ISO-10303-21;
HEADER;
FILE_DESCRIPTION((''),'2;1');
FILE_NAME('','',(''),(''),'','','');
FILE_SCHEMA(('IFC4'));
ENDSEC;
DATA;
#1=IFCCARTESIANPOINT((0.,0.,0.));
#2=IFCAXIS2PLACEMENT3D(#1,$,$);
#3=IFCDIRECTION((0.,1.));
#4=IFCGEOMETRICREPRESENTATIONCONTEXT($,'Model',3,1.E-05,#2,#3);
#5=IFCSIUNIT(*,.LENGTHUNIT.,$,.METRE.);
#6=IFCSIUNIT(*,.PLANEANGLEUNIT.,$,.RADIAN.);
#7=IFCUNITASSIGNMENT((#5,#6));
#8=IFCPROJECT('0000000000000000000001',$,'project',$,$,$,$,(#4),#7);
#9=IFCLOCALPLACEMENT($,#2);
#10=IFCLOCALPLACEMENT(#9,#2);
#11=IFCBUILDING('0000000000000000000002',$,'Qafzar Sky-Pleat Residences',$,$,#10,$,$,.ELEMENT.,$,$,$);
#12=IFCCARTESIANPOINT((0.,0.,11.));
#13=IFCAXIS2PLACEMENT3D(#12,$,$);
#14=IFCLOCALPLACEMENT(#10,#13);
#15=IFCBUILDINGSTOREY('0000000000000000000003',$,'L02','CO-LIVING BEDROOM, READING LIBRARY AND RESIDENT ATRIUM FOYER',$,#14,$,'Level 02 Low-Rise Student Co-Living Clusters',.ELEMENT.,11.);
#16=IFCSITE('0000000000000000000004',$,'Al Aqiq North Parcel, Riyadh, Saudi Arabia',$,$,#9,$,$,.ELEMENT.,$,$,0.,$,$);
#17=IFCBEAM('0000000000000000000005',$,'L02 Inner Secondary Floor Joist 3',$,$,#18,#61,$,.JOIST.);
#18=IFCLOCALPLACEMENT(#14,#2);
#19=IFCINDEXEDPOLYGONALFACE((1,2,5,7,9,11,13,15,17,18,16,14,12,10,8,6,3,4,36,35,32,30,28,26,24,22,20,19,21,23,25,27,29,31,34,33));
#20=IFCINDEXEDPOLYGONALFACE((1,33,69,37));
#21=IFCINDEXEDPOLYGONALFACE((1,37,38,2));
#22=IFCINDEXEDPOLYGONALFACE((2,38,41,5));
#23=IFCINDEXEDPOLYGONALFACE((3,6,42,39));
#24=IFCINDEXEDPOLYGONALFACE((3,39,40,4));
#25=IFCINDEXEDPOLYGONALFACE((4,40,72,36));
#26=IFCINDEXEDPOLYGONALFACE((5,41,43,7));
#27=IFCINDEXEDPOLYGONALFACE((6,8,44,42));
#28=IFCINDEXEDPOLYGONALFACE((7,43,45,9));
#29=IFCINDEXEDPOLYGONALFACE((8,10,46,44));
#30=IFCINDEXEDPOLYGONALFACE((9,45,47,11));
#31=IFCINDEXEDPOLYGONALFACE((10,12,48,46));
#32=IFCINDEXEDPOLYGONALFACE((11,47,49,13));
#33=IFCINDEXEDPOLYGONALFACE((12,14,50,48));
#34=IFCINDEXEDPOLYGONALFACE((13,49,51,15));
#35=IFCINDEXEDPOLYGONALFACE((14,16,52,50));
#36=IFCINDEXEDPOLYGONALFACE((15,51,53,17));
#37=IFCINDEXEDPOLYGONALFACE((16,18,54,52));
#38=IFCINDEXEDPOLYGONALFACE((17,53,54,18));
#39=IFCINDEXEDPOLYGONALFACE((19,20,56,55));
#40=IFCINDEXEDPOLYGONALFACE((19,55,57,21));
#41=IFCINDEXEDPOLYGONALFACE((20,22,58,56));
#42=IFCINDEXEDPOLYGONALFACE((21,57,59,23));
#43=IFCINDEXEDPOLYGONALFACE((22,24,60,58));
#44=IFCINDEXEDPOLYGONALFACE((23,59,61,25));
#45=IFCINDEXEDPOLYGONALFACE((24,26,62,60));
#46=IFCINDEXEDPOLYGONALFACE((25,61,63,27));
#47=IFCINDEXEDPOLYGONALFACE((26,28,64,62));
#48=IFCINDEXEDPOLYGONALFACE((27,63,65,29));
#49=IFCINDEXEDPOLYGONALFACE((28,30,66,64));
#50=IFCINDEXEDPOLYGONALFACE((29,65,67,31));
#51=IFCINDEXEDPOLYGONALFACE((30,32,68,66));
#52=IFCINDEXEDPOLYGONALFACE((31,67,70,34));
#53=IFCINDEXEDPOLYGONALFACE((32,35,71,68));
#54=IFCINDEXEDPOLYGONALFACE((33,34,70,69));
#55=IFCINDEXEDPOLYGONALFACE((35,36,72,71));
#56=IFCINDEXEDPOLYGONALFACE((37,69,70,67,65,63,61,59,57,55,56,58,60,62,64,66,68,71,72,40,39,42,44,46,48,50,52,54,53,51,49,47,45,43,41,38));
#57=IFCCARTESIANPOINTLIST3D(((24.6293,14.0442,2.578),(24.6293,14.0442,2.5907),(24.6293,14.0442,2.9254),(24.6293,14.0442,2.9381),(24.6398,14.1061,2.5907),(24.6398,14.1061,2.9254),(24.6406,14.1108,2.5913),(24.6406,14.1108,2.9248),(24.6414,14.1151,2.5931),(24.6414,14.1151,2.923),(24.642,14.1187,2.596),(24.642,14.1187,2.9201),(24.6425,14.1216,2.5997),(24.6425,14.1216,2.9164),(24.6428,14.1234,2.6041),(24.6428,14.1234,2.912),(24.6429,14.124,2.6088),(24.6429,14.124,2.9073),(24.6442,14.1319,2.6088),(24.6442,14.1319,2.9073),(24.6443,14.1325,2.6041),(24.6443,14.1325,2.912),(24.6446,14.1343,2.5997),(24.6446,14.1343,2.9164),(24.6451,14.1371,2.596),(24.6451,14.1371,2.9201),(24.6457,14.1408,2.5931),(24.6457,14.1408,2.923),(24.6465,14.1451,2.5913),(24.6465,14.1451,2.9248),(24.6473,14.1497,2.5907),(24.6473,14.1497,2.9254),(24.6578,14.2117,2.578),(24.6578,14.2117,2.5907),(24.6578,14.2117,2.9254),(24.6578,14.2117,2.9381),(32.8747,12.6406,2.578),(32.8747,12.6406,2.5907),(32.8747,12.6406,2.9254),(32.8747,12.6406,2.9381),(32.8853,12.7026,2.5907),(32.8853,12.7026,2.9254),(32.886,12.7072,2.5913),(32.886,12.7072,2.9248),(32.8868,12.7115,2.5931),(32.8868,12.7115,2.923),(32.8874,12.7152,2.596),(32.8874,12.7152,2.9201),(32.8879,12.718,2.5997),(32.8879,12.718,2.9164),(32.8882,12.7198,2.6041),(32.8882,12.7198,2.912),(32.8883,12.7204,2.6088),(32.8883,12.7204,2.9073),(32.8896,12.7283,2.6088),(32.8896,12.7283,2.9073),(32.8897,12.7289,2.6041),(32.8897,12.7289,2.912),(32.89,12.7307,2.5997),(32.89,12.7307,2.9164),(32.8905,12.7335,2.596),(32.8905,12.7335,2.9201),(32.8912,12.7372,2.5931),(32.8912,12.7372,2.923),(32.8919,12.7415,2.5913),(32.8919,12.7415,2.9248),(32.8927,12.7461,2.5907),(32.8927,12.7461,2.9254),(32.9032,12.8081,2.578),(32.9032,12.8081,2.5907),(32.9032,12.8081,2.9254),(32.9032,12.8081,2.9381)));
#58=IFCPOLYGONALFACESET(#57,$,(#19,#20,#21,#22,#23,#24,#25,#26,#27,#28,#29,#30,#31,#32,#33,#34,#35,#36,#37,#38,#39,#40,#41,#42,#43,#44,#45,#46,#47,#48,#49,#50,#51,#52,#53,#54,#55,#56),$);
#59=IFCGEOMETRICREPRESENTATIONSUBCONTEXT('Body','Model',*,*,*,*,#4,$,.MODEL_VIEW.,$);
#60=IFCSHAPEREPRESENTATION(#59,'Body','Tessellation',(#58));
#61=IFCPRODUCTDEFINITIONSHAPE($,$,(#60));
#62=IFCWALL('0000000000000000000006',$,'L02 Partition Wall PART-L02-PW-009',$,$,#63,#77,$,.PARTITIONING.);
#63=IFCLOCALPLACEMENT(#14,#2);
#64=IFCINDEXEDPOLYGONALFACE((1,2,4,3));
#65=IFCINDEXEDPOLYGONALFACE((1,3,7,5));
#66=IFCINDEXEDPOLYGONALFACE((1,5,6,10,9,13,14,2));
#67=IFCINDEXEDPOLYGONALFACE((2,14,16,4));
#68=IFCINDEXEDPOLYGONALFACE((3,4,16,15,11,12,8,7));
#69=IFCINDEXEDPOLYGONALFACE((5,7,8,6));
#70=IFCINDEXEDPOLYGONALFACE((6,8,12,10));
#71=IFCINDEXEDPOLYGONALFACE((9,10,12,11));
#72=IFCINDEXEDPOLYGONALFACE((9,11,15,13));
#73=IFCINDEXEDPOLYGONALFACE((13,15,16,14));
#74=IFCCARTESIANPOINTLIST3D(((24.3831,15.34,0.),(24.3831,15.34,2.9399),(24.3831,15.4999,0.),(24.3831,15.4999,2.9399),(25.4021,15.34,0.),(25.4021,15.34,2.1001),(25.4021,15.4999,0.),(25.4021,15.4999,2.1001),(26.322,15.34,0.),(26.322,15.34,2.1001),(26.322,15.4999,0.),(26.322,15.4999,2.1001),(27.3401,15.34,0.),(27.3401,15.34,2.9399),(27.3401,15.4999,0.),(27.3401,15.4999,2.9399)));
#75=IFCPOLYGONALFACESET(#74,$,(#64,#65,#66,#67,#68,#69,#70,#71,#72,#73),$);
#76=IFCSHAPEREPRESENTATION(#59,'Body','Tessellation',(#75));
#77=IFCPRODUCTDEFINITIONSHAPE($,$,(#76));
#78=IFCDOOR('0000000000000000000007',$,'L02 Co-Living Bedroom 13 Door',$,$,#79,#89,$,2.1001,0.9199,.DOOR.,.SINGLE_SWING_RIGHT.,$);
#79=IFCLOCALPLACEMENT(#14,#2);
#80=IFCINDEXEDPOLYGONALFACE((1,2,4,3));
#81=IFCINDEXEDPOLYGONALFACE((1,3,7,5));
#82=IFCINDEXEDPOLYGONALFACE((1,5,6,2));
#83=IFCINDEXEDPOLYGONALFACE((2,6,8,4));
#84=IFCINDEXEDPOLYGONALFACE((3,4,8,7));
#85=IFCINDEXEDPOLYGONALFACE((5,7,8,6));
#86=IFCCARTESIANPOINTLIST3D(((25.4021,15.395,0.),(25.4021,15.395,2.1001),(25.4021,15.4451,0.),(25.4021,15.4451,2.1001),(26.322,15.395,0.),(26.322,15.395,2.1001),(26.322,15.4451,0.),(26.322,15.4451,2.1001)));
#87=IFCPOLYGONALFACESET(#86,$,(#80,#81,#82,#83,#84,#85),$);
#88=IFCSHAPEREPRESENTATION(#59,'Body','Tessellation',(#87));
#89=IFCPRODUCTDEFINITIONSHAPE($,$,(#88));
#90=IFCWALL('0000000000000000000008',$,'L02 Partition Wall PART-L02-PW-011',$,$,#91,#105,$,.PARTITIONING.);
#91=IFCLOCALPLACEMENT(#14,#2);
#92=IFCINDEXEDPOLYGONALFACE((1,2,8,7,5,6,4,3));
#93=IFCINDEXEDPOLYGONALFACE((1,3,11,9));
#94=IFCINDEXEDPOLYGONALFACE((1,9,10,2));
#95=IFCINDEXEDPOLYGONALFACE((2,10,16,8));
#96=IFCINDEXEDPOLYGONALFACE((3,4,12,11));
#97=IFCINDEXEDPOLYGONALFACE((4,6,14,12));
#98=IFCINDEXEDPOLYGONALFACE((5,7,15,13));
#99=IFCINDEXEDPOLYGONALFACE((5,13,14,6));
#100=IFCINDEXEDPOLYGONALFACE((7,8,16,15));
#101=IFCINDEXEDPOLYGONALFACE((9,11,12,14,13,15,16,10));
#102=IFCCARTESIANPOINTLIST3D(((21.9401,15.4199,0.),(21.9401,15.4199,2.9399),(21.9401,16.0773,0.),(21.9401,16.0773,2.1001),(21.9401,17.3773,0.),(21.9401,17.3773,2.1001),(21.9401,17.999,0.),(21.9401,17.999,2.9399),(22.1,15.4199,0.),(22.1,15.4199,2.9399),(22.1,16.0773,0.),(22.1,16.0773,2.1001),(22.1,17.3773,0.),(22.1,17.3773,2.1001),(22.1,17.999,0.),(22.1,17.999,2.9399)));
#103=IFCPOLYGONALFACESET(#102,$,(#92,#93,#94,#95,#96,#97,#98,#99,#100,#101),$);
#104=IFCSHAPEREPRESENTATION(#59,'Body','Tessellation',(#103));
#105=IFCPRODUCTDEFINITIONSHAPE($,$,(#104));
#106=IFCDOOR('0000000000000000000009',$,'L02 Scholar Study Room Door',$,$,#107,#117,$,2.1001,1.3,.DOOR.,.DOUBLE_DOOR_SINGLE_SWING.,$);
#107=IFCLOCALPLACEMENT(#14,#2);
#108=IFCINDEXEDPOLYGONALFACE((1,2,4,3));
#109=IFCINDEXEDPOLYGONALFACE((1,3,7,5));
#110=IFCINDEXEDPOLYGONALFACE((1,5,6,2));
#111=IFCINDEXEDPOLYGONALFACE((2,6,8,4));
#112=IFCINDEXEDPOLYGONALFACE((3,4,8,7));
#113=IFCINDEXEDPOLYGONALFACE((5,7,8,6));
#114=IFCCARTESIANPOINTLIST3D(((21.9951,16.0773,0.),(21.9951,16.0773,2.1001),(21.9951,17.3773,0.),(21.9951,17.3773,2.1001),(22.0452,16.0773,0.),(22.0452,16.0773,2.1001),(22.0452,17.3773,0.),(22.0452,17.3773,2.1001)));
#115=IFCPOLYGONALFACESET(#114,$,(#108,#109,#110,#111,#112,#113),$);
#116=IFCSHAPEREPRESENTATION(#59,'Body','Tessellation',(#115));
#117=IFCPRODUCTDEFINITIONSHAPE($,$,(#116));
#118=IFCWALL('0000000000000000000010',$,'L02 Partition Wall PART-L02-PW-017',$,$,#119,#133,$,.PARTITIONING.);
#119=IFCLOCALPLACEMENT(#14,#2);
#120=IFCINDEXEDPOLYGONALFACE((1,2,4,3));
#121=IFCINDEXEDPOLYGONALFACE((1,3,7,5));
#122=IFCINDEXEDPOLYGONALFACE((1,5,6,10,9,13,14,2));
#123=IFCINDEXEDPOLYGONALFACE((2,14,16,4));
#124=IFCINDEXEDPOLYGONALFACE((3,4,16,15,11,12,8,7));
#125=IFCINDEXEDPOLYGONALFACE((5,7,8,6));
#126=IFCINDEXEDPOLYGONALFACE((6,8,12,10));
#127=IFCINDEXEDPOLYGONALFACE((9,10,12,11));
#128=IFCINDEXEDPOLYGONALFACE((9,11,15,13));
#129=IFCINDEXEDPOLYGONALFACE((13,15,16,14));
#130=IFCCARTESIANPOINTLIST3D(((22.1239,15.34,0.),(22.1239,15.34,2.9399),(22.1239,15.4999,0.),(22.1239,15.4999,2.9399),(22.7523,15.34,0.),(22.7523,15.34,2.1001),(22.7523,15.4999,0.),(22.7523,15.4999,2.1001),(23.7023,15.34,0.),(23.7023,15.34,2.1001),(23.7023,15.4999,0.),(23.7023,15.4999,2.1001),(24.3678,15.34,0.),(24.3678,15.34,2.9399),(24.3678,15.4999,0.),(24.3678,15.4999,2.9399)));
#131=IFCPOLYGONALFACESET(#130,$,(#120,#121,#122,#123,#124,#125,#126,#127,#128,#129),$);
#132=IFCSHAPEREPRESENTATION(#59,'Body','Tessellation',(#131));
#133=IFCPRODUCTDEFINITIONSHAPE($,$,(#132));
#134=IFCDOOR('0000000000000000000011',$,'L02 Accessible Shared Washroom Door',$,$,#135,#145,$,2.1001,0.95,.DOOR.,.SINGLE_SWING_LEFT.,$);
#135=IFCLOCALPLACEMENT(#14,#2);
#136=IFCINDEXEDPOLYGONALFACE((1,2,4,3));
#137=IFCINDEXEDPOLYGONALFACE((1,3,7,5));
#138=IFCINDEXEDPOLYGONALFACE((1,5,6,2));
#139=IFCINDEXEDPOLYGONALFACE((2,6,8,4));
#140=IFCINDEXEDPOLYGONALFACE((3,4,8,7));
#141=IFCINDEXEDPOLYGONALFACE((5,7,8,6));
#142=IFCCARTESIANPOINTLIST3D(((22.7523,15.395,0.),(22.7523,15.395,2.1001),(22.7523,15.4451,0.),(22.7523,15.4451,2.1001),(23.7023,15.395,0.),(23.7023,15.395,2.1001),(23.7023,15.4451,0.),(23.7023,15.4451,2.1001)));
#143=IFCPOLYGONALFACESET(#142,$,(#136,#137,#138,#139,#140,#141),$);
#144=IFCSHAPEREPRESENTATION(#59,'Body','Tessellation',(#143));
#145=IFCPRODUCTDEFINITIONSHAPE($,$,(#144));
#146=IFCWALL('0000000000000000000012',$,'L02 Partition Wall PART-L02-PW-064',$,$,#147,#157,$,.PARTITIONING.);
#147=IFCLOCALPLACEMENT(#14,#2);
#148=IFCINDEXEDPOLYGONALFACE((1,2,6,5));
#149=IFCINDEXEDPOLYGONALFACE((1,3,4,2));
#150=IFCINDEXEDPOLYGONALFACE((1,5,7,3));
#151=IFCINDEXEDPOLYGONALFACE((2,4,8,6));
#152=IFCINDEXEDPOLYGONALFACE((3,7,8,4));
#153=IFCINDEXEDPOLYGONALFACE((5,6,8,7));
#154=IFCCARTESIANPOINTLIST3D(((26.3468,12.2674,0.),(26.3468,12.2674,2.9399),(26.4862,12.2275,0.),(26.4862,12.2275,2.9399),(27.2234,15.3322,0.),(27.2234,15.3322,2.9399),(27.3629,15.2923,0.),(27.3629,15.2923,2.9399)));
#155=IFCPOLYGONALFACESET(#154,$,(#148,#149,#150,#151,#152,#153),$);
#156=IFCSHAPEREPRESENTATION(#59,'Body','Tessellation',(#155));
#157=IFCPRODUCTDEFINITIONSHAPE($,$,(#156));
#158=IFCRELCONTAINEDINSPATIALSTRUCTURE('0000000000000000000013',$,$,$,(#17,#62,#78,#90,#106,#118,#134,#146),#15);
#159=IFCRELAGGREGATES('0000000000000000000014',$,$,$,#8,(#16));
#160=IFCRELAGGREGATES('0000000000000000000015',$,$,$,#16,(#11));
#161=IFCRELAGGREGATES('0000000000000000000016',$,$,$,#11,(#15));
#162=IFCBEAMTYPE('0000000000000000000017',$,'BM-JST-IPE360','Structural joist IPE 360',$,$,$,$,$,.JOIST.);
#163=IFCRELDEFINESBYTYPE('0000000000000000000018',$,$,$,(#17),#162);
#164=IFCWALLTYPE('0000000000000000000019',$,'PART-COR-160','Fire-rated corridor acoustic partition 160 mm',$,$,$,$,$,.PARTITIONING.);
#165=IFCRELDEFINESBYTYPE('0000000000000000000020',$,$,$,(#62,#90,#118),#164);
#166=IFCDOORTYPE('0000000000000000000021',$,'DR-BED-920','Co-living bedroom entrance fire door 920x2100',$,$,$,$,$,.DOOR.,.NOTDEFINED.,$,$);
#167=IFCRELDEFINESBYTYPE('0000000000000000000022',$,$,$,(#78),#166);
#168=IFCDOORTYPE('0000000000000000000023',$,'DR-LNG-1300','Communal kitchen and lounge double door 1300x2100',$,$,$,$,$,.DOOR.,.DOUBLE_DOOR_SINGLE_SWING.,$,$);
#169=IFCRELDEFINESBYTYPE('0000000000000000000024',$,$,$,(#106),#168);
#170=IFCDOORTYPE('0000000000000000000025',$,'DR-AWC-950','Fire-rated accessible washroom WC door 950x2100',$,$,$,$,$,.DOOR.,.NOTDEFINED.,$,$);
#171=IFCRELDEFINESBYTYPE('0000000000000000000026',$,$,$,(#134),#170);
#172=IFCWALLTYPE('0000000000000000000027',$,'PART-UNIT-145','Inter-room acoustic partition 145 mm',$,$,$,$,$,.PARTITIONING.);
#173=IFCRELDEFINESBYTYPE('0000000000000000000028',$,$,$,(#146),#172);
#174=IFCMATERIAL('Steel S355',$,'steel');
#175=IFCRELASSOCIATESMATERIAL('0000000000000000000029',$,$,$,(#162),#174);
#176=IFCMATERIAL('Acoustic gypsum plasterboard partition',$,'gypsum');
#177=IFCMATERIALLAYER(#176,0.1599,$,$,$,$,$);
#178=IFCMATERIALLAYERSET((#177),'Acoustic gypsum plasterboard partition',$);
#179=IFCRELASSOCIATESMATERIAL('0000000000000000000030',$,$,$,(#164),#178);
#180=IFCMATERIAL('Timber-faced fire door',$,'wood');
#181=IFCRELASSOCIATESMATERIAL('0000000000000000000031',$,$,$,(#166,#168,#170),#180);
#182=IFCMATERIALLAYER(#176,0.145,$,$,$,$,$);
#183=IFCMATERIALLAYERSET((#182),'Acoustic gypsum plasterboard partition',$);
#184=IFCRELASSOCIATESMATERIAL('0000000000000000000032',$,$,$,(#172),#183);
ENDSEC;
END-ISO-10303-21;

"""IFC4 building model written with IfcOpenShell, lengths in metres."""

from ifc_helpers import new_model, si_unit, direction, frame, frame_2d, origin, origin_2d, place, context, subcontext, project, spatial, rectangle, i_section, extrude, source, transform, mapped, material, layer, layer_set, material_profile, profile_set, type_object, element, fill, save


model = new_model("IFC4")

# Units and contexts
model_context = context("Model", 3, precision=1e-05, world=origin(), true_north=direction((0.0, 1.0)))
body_context = subcontext(model_context, "Body", "Model", "MODEL_VIEW")
ifc_project = project(units=[si_unit("LENGTHUNIT", "METRE"), si_unit("PLANEANGLEUNIT", "RADIAN")], contexts=[model_context])

# Site, building, storey
site_placement = place(None, origin())
site = spatial("IfcSite", under=ifc_project, at=site_placement, Name="Al Aqiq North Parcel, Riyadh, Saudi Arabia", CompositionType="ELEMENT", RefElevation=0.0)
building_placement = place(site_placement, origin())
building = spatial("IfcBuilding", under=site, at=building_placement, Name="Qafzar Sky-Pleat Residences", CompositionType="ELEMENT")
storey_placement = place(building_placement, frame((0.0, 0.0, 11.0)))
storey = spatial("IfcBuildingStorey", under=building, at=storey_placement, Name="L02", Description="CO-LIVING BEDROOM, READING LIBRARY AND RESIDENT ATRIUM FOYER", LongName="Level 02 Low-Rise Student Co-Living Clusters", CompositionType="ELEMENT", Elevation=11.0)

# Beam
ifc_material_1 = material(Name="Steel S355", Category="steel")
ifc_material_profile = material_profile(ifc_material_1, i_section(OverallWidth=0.1699, OverallDepth=0.3601, WebThickness=0.0081, FlangeThickness=0.0127, FilletRadius=0.0181, at=origin_2d()), Name="IPE 360")
ifc_profile_set = profile_set([ifc_material_profile], Name="Steel S355")
beam_type = type_object("IfcBeamType", Name="BM-JST-IPE360", Description="Structural joist IPE 360", PredefinedType="JOIST", material=ifc_profile_set)
shared_shape_1 = source(origin(), body_context, "Body", "SweptSolid", [
    extrude(i_section(OverallWidth=0.1699, OverallDepth=0.3601, WebThickness=0.0081, FlangeThickness=0.0127, FilletRadius=0.0181, at=origin_2d()), origin(), (0.0, 0.0, 1.0), 8.364),
])
beam_placement = place(storey_placement, frame((24.6436, 14.1279, 2.7581), z_axis=(0.985819, -0.167811, 0.0), x_axis=(0.167811, 0.985819, 0.0)))
element("IfcBeam", 1, at=beam_placement, inside=storey, type_object=beam_type, Name="L02 Inner Secondary Floor Joist 3", PredefinedType="JOIST", context=body_context, shape_type="MappedRepresentation", body=[
    mapped(shared_shape_1, transform((0.0, 0.0, 0.0), x_axis=(1.0, 0.0, 0.0), y_axis=(0.0, 1.0, 0.0), z_axis=(0.0, 0.0, 1.0), scale=1.0)),
])

# Walls, openings, doors
ifc_material_2 = material(Name="Acoustic gypsum plasterboard partition", Category="gypsum")
ifc_layer_1 = layer(ifc_material_2, 0.1599)
ifc_layer_set_1 = layer_set([ifc_layer_1], Name="Acoustic gypsum plasterboard partition")
wall_type_1 = type_object("IfcWallType", Name="PART-COR-160", Description="Fire-rated corridor acoustic partition 160 mm", PredefinedType="PARTITIONING", material=ifc_layer_set_1)
wall_1_placement = place(storey_placement, frame((27.3401, 15.4199, 0.0), z_axis=(0.0, 0.0, 1.0), x_axis=(-1.0, 0.0, 0.0)))
wall_1 = element("IfcWall", 2, at=wall_1_placement, inside=storey, type_object=wall_type_1, Name="L02 Partition Wall PART-L02-PW-009", PredefinedType="PARTITIONING", context=body_context, shape_type="SweptSolid", body=[
    extrude(rectangle(XDim=2.957, YDim=0.1599, at=frame_2d((1.4785, 0.0))), origin(), (0.0, 0.0, 1.0), 2.9399),
])
opening_1_placement = place(wall_1_placement, frame((1.0181, 0.0, 0.0)))
opening_1 = element("IfcOpeningElement", 3, at=opening_1_placement, cuts=wall_1, PredefinedType="OPENING", context=body_context, shape_type="SweptSolid", body=[
    extrude(rectangle(XDim=0.9199, YDim=2.1001, at=frame_2d((0.46, 1.05))), frame((0.0, 0.0898, 0.0), z_axis=(0.0, -1.0, 0.0), x_axis=(1.0, 0.0, 0.0)), (0.0, 0.0, 1.0), 0.1799),
])
ifc_material_3 = material(Name="Timber-faced fire door", Category="wood")
door_type_1 = type_object("IfcDoorType", Name="DR-BED-920", Description="Co-living bedroom entrance fire door 920x2100", OperationType="NOTDEFINED", PredefinedType="DOOR", material=ifc_material_3)
shared_shape_2 = source(origin(), body_context, "Body", "SweptSolid", [
    extrude(rectangle(XDim=0.9199, YDim=2.1001, at=frame_2d((0.46, 1.05))), frame((0.0, 0.0249, 0.0), z_axis=(0.0, -1.0, 0.0), x_axis=(1.0, 0.0, 0.0)), (0.0, 0.0, 1.0), 0.05),
])
door_1_placement = place(opening_1_placement, origin())
door_1 = element("IfcDoor", 4, at=door_1_placement, inside=storey, type_object=door_type_1, Name="L02 Co-Living Bedroom 13 Door", OperationType="SINGLE_SWING_RIGHT", OverallHeight=2.1001, OverallWidth=0.9199, PredefinedType="DOOR", context=body_context, shape_type="MappedRepresentation", body=[
    mapped(shared_shape_2, transform((0.0, 0.0, 0.0), x_axis=(1.0, 0.0, 0.0), y_axis=(0.0, 1.0, 0.0), z_axis=(0.0, 0.0, 1.0), scale=1.0)),
])
fill(opening_1, door_1)
wall_2_placement = place(storey_placement, frame((22.02, 15.4199, 0.0), z_axis=(0.0, 0.0, 1.0), x_axis=(0.0, 1.0, 0.0)))
wall_2 = element("IfcWall", 5, at=wall_2_placement, inside=storey, type_object=wall_type_1, Name="L02 Partition Wall PART-L02-PW-011", PredefinedType="PARTITIONING", context=body_context, shape_type="SweptSolid", body=[
    extrude(rectangle(XDim=2.5791, YDim=0.1599, at=frame_2d((1.2896, 0.0))), origin(), (0.0, 0.0, 1.0), 2.9399),
])
opening_2_placement = place(wall_2_placement, frame((0.6575, 0.0, 0.0)))
opening_2 = element("IfcOpeningElement", 6, at=opening_2_placement, cuts=wall_2, PredefinedType="OPENING", context=body_context, shape_type="SweptSolid", body=[
    extrude(rectangle(XDim=1.3, YDim=2.1001, at=frame_2d((0.6499, 1.05))), frame((0.0, 0.0898, 0.0), z_axis=(0.0, -1.0, 0.0), x_axis=(1.0, 0.0, 0.0)), (0.0, 0.0, 1.0), 0.1799),
])
door_type_2 = type_object("IfcDoorType", Name="DR-LNG-1300", Description="Communal kitchen and lounge double door 1300x2100", OperationType="DOUBLE_DOOR_SINGLE_SWING", PredefinedType="DOOR", material=ifc_material_3)
shared_shape_3 = source(origin(), body_context, "Body", "SweptSolid", [
    extrude(rectangle(XDim=1.3, YDim=2.1001, at=frame_2d((0.6499, 1.05))), frame((0.0, 0.0249, 0.0), z_axis=(0.0, -1.0, 0.0), x_axis=(1.0, 0.0, 0.0)), (0.0, 0.0, 1.0), 0.05),
])
door_2_placement = place(opening_2_placement, origin())
door_2 = element("IfcDoor", 7, at=door_2_placement, inside=storey, type_object=door_type_2, Name="L02 Scholar Study Room Door", OperationType="DOUBLE_DOOR_SINGLE_SWING", OverallHeight=2.1001, OverallWidth=1.3, PredefinedType="DOOR", context=body_context, shape_type="MappedRepresentation", body=[
    mapped(shared_shape_3, transform((0.0, 0.0, 0.0), x_axis=(1.0, 0.0, 0.0), y_axis=(0.0, 1.0, 0.0), z_axis=(0.0, 0.0, 1.0), scale=1.0)),
])
fill(opening_2, door_2)
wall_3_placement = place(storey_placement, frame((24.3679, 15.4199, 0.0), z_axis=(0.0, 0.0, 1.0), x_axis=(-1.0, 0.0, 0.0)))
wall_3 = element("IfcWall", 8, at=wall_3_placement, inside=storey, type_object=wall_type_1, Name="L02 Partition Wall PART-L02-PW-017", PredefinedType="PARTITIONING", context=body_context, shape_type="SweptSolid", body=[
    extrude(rectangle(XDim=2.2439, YDim=0.1599, at=frame_2d((1.1221, 0.0))), origin(), (0.0, 0.0, 1.0), 2.9399),
])
opening_3_placement = place(wall_3_placement, frame((0.6655, 0.0, 0.0)))
opening_3 = element("IfcOpeningElement", 9, at=opening_3_placement, cuts=wall_3, PredefinedType="OPENING", context=body_context, shape_type="SweptSolid", body=[
    extrude(rectangle(XDim=0.95, YDim=2.1001, at=frame_2d((0.4751, 1.05))), frame((0.0, 0.0898, 0.0), z_axis=(0.0, -1.0, 0.0), x_axis=(1.0, 0.0, 0.0)), (0.0, 0.0, 1.0), 0.1799),
])
door_type_3 = type_object("IfcDoorType", Name="DR-AWC-950", Description="Fire-rated accessible washroom WC door 950x2100", OperationType="NOTDEFINED", PredefinedType="DOOR", material=ifc_material_3)
shared_shape_4 = source(origin(), body_context, "Body", "SweptSolid", [
    extrude(rectangle(XDim=0.95, YDim=2.1001, at=frame_2d((0.4751, 1.05))), frame((0.0, 0.0249, 0.0), z_axis=(0.0, -1.0, 0.0), x_axis=(1.0, 0.0, 0.0)), (0.0, 0.0, 1.0), 0.05),
])
door_3_placement = place(opening_3_placement, origin())
door_3 = element("IfcDoor", 10, at=door_3_placement, inside=storey, type_object=door_type_3, Name="L02 Accessible Shared Washroom Door", OperationType="SINGLE_SWING_LEFT", OverallHeight=2.1001, OverallWidth=0.95, PredefinedType="DOOR", context=body_context, shape_type="MappedRepresentation", body=[
    mapped(shared_shape_4, transform((0.0, 0.0, 0.0), x_axis=(1.0, 0.0, 0.0), y_axis=(0.0, 1.0, 0.0), z_axis=(0.0, 0.0, 1.0), scale=1.0)),
])
fill(opening_3, door_3)

# Wall
ifc_layer_2 = layer(ifc_material_2, 0.145)
ifc_layer_set_2 = layer_set([ifc_layer_2], Name="Acoustic gypsum plasterboard partition")
wall_type_2 = type_object("IfcWallType", Name="PART-UNIT-145", Description="Inter-room acoustic partition 145 mm", PredefinedType="PARTITIONING", material=ifc_layer_set_2)
wall_4_placement = place(storey_placement, frame((26.4165, 12.2476, 0.0), z_axis=(0.0, 0.0, 1.0), x_axis=(0.275014, 0.96144, 0.0)))
element("IfcWall", 11, at=wall_4_placement, inside=storey, type_object=wall_type_2, Name="L02 Partition Wall PART-L02-PW-064", PredefinedType="PARTITIONING", context=body_context, shape_type="SweptSolid", body=[
    extrude(rectangle(XDim=3.1877, YDim=0.145, at=frame_2d((1.5938, 0.0))), origin(), (0.0, 0.0, 1.0), 2.9399),
])

save(model, "model.ifc")
